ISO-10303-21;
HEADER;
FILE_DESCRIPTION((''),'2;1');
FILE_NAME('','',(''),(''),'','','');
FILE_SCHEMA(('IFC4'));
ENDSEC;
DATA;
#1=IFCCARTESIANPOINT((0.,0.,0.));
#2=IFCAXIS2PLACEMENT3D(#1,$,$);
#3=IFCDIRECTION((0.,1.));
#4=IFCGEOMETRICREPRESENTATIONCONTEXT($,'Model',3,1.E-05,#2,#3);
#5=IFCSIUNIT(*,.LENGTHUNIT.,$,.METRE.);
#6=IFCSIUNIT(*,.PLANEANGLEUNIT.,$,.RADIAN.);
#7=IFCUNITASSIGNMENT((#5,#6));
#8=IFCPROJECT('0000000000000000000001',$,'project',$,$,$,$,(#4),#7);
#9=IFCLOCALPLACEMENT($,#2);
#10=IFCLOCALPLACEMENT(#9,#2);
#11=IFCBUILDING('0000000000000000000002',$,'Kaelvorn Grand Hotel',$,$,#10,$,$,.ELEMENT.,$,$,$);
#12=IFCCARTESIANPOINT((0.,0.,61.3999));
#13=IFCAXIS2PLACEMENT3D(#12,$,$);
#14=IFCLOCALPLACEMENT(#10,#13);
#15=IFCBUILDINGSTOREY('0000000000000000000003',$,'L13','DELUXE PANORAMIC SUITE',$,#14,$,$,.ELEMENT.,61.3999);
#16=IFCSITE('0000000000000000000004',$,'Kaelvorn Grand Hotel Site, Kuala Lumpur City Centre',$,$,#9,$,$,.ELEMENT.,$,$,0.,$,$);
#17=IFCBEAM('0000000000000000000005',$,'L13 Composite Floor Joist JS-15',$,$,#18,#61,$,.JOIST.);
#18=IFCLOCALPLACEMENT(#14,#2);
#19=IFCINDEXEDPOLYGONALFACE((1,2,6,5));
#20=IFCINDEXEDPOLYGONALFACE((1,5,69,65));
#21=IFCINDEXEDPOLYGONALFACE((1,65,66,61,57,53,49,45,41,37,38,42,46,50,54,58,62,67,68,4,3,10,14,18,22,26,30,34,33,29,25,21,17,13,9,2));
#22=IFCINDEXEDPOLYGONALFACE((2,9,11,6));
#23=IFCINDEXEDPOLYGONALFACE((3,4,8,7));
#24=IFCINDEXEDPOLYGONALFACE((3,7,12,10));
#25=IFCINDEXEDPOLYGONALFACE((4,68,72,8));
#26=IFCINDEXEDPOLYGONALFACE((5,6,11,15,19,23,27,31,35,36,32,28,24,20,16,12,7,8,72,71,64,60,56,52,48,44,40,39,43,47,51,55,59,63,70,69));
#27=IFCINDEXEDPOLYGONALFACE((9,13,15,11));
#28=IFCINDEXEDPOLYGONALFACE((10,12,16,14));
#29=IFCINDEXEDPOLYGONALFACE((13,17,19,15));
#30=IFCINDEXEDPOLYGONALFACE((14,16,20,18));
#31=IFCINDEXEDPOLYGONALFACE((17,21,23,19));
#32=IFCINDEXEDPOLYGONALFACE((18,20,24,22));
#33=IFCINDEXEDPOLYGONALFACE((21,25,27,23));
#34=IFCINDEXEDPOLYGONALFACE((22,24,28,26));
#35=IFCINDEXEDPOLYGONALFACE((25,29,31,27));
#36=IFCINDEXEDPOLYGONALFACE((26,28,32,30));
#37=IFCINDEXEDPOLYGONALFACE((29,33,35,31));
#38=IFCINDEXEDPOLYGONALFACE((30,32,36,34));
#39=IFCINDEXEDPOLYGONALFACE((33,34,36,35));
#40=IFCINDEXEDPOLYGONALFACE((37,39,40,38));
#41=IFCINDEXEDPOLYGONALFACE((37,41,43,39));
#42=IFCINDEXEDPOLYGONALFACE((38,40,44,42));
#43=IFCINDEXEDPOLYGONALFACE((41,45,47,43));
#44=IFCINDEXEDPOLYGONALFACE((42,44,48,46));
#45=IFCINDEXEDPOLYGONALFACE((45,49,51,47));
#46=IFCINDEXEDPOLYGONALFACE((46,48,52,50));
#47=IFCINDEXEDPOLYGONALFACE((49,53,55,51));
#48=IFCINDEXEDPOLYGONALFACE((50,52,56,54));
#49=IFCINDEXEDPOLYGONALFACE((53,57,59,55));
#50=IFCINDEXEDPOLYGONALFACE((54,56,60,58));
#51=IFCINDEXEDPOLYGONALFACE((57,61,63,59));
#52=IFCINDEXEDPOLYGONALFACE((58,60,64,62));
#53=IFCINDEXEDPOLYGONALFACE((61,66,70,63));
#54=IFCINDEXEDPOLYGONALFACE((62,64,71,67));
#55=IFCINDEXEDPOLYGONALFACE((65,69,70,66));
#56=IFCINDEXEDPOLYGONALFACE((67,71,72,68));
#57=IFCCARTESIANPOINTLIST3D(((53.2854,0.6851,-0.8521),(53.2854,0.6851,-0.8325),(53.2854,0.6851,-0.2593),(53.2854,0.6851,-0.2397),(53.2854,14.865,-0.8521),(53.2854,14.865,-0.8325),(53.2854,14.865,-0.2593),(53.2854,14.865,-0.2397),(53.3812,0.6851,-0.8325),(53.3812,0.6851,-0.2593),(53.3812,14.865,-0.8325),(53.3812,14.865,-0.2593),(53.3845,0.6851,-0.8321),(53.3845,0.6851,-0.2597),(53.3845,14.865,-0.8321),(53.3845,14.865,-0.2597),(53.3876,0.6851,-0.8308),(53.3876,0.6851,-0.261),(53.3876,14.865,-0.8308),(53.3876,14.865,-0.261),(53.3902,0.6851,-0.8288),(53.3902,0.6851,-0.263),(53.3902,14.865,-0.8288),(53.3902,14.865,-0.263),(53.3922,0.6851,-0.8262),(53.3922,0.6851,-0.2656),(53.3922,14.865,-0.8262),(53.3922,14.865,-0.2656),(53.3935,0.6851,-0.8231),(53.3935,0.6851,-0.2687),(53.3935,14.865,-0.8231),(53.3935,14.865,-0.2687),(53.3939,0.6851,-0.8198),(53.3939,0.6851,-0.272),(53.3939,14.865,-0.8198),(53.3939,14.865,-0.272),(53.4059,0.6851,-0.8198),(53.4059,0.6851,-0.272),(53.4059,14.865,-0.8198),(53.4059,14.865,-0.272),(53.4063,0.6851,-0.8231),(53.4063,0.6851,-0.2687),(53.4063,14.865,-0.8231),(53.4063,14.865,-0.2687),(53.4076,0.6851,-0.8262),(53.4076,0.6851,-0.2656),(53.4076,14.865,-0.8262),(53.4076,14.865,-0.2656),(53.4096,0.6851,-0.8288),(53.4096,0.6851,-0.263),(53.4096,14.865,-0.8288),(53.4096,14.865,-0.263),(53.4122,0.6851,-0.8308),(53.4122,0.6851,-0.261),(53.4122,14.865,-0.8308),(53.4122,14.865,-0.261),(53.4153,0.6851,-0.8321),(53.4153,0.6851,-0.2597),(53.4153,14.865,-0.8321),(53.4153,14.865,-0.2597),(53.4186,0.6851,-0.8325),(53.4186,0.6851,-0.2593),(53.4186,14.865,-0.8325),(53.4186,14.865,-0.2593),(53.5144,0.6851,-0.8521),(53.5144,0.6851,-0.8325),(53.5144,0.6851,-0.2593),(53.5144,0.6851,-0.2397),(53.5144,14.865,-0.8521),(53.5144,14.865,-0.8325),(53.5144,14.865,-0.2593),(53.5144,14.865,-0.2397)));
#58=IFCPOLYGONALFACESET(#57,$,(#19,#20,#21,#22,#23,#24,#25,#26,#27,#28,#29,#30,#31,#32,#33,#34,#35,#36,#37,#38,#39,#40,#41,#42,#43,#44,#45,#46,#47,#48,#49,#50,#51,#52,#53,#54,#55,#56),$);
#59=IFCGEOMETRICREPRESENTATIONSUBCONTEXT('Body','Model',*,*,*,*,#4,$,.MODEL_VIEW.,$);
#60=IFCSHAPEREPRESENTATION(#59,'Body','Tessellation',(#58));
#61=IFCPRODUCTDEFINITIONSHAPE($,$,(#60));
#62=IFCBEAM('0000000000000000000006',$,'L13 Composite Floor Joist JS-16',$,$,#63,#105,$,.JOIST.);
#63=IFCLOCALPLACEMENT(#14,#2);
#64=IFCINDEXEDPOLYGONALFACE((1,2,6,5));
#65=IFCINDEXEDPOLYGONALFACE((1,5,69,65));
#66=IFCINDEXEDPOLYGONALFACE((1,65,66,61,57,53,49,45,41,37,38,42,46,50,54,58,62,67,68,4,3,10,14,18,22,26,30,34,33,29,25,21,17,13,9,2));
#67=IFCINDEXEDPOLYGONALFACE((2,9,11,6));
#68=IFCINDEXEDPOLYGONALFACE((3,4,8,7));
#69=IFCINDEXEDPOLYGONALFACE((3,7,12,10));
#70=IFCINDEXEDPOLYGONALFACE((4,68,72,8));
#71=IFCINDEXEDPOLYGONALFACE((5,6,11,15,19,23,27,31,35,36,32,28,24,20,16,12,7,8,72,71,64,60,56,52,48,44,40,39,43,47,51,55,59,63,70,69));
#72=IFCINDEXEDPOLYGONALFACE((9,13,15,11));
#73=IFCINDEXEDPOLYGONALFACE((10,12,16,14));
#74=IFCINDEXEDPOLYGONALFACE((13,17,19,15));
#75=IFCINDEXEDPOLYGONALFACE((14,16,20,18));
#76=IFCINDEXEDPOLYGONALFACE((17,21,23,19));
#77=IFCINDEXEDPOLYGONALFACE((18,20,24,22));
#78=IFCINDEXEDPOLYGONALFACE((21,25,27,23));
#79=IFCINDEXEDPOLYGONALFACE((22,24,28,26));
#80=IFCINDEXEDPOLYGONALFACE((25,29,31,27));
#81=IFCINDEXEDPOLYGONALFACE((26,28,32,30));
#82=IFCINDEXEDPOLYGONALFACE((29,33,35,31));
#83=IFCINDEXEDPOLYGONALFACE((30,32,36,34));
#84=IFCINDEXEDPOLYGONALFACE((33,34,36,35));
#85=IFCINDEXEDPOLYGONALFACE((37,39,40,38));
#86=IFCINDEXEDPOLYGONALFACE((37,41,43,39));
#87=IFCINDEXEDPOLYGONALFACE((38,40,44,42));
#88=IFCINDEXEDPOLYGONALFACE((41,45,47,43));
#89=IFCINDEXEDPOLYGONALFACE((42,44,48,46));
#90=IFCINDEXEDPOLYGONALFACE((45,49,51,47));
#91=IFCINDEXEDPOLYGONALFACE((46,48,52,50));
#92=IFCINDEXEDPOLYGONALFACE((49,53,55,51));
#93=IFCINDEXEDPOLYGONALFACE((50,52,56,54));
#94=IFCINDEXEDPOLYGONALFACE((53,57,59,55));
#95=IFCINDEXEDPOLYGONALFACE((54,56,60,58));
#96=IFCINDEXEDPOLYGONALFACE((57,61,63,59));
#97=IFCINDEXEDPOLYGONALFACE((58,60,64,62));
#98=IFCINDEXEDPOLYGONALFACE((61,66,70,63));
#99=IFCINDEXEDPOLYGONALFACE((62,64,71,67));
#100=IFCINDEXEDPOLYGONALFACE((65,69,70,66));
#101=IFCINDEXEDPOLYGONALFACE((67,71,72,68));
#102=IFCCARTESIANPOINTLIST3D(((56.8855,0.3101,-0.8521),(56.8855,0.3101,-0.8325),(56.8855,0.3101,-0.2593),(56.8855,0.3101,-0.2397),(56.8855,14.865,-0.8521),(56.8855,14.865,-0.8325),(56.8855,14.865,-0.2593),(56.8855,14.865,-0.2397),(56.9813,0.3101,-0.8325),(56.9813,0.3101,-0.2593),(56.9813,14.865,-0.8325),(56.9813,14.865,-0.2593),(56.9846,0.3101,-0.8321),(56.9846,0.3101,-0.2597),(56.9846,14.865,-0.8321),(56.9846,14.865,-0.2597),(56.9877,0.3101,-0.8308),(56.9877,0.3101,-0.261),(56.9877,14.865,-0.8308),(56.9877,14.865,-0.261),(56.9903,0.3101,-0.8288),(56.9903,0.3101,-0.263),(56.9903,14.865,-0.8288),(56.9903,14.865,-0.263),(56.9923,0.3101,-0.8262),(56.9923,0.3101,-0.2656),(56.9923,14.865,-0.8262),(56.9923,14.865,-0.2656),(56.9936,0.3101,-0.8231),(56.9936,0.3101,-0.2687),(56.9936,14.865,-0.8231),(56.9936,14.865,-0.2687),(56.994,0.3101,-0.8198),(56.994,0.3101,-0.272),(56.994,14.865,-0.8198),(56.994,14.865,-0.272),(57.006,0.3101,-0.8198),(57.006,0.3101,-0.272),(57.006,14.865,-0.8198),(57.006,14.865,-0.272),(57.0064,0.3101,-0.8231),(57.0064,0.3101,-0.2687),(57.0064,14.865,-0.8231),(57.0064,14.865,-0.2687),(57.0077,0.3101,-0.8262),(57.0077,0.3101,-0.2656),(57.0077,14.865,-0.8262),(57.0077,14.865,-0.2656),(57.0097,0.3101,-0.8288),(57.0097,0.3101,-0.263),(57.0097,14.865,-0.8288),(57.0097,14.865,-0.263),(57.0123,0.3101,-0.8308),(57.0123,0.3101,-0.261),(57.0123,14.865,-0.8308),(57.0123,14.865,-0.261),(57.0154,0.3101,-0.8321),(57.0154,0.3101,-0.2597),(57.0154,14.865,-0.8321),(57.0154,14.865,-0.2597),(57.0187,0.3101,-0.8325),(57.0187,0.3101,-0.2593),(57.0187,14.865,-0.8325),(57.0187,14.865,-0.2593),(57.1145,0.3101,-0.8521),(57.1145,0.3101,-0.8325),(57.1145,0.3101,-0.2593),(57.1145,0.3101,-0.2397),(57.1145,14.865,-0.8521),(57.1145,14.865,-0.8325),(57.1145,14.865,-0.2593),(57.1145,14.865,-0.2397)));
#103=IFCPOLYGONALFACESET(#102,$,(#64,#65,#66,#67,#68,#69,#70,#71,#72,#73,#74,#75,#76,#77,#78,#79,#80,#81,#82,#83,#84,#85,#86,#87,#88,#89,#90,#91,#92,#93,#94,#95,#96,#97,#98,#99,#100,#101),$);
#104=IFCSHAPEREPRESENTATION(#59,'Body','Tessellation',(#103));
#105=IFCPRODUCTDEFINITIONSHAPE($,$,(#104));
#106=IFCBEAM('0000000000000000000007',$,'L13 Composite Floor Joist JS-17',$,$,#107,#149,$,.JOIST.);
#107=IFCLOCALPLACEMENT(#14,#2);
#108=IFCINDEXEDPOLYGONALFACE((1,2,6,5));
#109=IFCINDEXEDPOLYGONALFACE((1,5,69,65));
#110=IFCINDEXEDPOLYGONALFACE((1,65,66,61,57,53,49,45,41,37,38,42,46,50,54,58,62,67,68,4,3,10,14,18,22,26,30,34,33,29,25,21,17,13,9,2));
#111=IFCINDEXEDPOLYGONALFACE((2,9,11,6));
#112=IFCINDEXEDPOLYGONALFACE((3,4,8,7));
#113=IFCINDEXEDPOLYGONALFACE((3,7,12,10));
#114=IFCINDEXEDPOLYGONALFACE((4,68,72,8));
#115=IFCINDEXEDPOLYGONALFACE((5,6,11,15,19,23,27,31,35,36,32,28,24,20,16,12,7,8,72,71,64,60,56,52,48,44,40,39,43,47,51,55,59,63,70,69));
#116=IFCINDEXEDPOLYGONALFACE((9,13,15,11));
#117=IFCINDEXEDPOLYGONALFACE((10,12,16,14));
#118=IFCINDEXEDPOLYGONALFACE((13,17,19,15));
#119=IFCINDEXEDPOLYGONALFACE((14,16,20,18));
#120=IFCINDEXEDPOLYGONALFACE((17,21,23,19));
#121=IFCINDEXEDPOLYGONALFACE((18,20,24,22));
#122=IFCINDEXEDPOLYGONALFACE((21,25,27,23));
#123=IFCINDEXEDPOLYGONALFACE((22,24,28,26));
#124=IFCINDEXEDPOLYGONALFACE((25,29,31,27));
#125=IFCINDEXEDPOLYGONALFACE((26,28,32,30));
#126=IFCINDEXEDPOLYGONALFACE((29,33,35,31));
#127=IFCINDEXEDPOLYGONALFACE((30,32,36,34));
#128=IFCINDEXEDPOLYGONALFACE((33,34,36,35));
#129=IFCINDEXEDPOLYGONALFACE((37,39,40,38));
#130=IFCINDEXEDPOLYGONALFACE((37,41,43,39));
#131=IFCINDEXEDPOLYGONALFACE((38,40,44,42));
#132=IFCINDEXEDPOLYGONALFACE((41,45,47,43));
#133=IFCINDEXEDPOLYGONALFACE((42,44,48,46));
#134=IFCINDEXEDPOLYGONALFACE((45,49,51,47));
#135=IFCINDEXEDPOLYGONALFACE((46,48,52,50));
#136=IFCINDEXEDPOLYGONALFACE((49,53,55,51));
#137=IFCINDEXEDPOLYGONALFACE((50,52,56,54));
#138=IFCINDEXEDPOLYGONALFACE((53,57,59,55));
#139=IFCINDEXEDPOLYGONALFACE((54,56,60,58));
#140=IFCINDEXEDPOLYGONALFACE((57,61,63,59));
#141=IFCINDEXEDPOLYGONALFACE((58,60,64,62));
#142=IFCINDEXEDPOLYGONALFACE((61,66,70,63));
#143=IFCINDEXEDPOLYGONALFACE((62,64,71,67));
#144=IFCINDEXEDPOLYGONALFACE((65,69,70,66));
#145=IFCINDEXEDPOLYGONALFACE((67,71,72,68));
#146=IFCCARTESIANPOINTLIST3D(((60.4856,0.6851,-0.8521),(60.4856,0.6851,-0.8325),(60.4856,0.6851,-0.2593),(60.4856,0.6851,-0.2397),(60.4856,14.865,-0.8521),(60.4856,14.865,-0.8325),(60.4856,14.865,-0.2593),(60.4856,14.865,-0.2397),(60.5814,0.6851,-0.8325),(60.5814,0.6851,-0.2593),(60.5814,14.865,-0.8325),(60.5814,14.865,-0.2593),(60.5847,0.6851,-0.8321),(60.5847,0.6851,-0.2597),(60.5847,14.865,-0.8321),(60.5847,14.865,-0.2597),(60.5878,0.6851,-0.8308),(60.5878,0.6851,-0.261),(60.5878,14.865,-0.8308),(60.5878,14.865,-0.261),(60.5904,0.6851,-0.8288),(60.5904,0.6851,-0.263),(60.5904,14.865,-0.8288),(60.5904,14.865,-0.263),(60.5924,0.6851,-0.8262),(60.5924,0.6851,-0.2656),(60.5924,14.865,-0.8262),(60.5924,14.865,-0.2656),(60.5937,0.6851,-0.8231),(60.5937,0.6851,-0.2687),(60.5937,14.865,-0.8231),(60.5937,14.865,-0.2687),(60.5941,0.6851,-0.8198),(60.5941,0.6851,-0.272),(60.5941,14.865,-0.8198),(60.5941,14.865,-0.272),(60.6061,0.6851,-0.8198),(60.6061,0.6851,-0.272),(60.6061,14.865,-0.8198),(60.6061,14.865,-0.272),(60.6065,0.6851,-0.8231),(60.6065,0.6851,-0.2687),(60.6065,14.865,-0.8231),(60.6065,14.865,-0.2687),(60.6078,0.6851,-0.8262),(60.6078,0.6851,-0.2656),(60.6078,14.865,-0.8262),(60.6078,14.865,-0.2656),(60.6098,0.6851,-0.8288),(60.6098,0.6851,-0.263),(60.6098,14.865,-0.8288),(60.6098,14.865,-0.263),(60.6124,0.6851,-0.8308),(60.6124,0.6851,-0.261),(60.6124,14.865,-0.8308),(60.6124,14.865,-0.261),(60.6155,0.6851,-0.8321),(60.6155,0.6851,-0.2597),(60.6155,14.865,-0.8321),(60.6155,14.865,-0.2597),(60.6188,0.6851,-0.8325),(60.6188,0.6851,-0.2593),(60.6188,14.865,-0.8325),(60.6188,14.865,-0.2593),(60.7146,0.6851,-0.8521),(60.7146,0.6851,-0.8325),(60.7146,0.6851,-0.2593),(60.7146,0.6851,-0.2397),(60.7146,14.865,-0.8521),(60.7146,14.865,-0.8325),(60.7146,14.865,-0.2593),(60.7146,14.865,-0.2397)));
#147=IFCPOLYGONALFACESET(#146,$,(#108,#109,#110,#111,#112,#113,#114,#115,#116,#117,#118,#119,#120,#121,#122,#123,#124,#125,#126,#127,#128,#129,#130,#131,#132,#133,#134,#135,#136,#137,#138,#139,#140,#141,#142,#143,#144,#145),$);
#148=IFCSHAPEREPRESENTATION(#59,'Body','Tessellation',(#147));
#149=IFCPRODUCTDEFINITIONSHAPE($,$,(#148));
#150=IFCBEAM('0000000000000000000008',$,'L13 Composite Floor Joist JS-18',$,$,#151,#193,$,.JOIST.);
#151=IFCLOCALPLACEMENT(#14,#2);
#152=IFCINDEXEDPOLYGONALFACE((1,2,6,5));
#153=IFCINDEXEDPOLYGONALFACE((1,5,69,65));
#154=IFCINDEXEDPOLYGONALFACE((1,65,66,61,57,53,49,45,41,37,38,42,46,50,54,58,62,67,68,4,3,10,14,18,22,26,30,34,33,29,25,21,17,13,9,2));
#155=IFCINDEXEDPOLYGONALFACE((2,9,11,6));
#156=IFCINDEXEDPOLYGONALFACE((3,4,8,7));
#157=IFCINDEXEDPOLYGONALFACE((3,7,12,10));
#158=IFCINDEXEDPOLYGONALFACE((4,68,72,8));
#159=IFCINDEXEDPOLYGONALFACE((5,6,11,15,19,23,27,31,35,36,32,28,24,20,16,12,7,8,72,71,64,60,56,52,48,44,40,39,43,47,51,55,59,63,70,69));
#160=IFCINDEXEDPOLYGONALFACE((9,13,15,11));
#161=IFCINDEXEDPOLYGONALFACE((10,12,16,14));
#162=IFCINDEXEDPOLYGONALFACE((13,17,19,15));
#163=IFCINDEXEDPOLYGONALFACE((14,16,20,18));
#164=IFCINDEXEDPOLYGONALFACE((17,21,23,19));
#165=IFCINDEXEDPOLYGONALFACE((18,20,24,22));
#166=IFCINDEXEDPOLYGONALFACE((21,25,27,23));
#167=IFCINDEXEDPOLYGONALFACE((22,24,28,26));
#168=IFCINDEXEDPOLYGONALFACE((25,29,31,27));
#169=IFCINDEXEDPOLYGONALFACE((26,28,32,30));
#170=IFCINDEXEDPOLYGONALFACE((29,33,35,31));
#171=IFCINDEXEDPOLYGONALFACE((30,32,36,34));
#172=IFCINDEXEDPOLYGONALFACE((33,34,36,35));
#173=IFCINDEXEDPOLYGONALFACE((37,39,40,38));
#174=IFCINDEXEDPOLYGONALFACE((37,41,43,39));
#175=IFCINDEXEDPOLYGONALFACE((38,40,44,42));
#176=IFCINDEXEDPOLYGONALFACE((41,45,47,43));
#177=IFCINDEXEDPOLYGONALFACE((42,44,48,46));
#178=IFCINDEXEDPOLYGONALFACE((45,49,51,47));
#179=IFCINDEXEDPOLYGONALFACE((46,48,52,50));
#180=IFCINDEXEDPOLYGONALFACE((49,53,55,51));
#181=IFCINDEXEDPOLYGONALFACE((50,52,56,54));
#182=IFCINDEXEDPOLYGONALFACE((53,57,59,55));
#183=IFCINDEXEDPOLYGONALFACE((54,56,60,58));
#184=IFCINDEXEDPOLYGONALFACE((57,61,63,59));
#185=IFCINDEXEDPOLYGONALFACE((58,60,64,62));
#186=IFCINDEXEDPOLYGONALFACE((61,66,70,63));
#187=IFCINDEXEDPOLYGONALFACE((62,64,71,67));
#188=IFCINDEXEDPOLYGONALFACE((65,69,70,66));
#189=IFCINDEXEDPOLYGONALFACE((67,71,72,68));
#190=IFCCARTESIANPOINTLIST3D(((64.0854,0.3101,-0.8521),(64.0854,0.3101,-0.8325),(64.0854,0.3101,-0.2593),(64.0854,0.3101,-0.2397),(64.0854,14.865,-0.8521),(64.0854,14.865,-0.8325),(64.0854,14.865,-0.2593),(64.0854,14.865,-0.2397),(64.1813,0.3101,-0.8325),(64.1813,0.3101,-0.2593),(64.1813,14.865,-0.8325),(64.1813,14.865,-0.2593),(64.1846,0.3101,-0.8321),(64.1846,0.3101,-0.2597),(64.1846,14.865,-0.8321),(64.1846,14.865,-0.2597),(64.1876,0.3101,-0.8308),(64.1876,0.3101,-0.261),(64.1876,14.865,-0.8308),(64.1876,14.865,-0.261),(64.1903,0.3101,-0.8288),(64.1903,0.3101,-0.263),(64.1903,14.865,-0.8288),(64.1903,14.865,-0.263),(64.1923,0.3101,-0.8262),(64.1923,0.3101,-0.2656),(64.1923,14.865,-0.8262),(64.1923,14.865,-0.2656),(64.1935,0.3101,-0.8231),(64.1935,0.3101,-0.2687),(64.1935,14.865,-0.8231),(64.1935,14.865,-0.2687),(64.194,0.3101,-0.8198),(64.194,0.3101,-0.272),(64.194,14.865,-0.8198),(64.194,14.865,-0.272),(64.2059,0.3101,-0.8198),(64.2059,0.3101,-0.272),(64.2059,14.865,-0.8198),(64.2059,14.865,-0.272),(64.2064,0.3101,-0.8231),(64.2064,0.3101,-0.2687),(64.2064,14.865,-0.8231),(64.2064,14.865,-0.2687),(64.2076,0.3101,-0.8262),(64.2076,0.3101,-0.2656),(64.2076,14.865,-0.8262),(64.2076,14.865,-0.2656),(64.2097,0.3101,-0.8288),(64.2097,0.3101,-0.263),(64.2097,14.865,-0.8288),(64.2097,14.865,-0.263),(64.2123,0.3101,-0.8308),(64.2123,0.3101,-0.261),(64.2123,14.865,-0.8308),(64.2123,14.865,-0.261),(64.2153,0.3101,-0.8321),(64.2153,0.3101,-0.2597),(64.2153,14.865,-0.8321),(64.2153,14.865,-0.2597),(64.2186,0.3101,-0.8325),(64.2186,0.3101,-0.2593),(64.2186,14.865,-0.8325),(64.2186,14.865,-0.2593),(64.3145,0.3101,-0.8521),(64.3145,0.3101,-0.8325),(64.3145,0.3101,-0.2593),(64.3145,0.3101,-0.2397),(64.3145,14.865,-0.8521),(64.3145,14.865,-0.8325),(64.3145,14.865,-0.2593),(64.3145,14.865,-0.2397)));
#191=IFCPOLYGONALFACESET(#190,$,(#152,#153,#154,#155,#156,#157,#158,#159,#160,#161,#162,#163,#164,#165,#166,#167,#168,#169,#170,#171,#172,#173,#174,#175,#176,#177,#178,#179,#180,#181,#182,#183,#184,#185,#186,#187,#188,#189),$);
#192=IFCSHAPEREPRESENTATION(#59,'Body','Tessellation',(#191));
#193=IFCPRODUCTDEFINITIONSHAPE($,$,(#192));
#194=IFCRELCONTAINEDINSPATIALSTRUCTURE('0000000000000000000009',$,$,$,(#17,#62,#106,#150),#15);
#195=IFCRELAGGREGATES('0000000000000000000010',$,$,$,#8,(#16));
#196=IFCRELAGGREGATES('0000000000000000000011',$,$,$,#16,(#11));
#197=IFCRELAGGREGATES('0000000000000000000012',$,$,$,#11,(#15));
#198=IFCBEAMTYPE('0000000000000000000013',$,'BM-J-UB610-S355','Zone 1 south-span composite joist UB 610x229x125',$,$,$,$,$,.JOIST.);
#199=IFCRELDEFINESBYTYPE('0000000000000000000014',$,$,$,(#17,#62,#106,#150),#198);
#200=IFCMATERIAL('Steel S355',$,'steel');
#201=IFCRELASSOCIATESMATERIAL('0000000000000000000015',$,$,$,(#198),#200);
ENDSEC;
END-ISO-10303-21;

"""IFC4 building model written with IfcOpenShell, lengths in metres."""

from ifc_helpers import new_model, si_unit, direction, frame, origin, origin_2d, place, context, subcontext, project, spatial, i_section, extrude, material, material_profile, profile_set, type_object, element, save


model = new_model("IFC4")

# Units and contexts
model_context = context("Model", 3, precision=1e-05, world=origin(), true_north=direction((0.0, 1.0)))
body_context = subcontext(model_context, "Body", "Model", "MODEL_VIEW")
ifc_project = project(units=[si_unit("LENGTHUNIT", "METRE"), si_unit("PLANEANGLEUNIT", "RADIAN")], contexts=[model_context])

# Site, building, storey
site_placement = place(None, origin())
site = spatial("IfcSite", under=ifc_project, at=site_placement, Name="Kaelvorn Grand Hotel Site, Kuala Lumpur City Centre", CompositionType="ELEMENT", RefElevation=0.0)
building_placement = place(site_placement, origin())
building = spatial("IfcBuilding", under=site, at=building_placement, Name="Kaelvorn Grand Hotel", CompositionType="ELEMENT")
storey_placement = place(building_placement, frame((0.0, 0.0, 61.3999)))
storey = spatial("IfcBuildingStorey", under=building, at=storey_placement, Name="L13", Description="DELUXE PANORAMIC SUITE", CompositionType="ELEMENT", Elevation=61.3999)

# Beams
ifc_material_1 = material(Name="Steel S355", Category="steel")
ifc_material_profile_1 = material_profile(ifc_material_1, i_section(OverallWidth=0.229, OverallDepth=0.6123, WebThickness=0.012, FlangeThickness=0.0195, FilletRadius=0.0127, at=origin_2d()), Name="UB 610x229x125")
ifc_profile_set_1 = profile_set([ifc_material_profile_1], Name="Steel S355")
beam_type_1 = type_object("IfcBeamType", Name="BM-J-UB610-S355", Description="Zone 1 south-span composite joist UB 610x229x125", PredefinedType="JOIST", material=ifc_profile_set_1)
beam_1_placement = place(storey_placement, frame((53.3999, 0.6851, -0.5459), z_axis=(0.0, 1.0, 0.0), x_axis=(-1.0, 0.0, 0.0)))
element("IfcBeam", 1, at=beam_1_placement, inside=storey, type_object=beam_type_1, Name="L13 Composite Floor Joist JS-15", PredefinedType="JOIST", context=body_context, shape_type="SweptSolid", body=[
    extrude(i_section(OverallWidth=0.229, OverallDepth=0.6123, WebThickness=0.012, FlangeThickness=0.0195, FilletRadius=0.0127, at=origin_2d()), origin(), (0.0, 0.0, 1.0), 14.1799),
])
beam_2_placement = place(storey_placement, frame((57.0, 0.3101, -0.5459), z_axis=(0.0, 1.0, 0.0), x_axis=(-1.0, 0.0, 0.0)))
element("IfcBeam", 2, at=beam_2_placement, inside=storey, type_object=beam_type_1, Name="L13 Composite Floor Joist JS-16", PredefinedType="JOIST", context=body_context, shape_type="SweptSolid", body=[
    extrude(i_section(OverallWidth=0.229, OverallDepth=0.6123, WebThickness=0.012, FlangeThickness=0.0195, FilletRadius=0.0127, at=origin_2d()), origin(), (0.0, 0.0, 1.0), 14.5549),
])
beam_3_placement = place(storey_placement, frame((60.6001, 0.6851, -0.5459), z_axis=(0.0, 1.0, 0.0), x_axis=(-1.0, 0.0, 0.0)))
element("IfcBeam", 3, at=beam_3_placement, inside=storey, type_object=beam_type_1, Name="L13 Composite Floor Joist JS-17", PredefinedType="JOIST", context=body_context, shape_type="SweptSolid", body=[
    extrude(i_section(OverallWidth=0.229, OverallDepth=0.6123, WebThickness=0.012, FlangeThickness=0.0195, FilletRadius=0.0127, at=origin_2d()), origin(), (0.0, 0.0, 1.0), 14.1799),
])
beam_4_placement = place(storey_placement, frame((64.2, 0.3101, -0.5459), z_axis=(0.0, 1.0, 0.0), x_axis=(-1.0, 0.0, 0.0)))
element("IfcBeam", 4, at=beam_4_placement, inside=storey, type_object=beam_type_1, Name="L13 Composite Floor Joist JS-18", PredefinedType="JOIST", context=body_context, shape_type="SweptSolid", body=[
    extrude(i_section(OverallWidth=0.229, OverallDepth=0.6123, WebThickness=0.012, FlangeThickness=0.0195, FilletRadius=0.0127, at=origin_2d()), origin(), (0.0, 0.0, 1.0), 14.5549),
])

save(model, "model.ifc")
